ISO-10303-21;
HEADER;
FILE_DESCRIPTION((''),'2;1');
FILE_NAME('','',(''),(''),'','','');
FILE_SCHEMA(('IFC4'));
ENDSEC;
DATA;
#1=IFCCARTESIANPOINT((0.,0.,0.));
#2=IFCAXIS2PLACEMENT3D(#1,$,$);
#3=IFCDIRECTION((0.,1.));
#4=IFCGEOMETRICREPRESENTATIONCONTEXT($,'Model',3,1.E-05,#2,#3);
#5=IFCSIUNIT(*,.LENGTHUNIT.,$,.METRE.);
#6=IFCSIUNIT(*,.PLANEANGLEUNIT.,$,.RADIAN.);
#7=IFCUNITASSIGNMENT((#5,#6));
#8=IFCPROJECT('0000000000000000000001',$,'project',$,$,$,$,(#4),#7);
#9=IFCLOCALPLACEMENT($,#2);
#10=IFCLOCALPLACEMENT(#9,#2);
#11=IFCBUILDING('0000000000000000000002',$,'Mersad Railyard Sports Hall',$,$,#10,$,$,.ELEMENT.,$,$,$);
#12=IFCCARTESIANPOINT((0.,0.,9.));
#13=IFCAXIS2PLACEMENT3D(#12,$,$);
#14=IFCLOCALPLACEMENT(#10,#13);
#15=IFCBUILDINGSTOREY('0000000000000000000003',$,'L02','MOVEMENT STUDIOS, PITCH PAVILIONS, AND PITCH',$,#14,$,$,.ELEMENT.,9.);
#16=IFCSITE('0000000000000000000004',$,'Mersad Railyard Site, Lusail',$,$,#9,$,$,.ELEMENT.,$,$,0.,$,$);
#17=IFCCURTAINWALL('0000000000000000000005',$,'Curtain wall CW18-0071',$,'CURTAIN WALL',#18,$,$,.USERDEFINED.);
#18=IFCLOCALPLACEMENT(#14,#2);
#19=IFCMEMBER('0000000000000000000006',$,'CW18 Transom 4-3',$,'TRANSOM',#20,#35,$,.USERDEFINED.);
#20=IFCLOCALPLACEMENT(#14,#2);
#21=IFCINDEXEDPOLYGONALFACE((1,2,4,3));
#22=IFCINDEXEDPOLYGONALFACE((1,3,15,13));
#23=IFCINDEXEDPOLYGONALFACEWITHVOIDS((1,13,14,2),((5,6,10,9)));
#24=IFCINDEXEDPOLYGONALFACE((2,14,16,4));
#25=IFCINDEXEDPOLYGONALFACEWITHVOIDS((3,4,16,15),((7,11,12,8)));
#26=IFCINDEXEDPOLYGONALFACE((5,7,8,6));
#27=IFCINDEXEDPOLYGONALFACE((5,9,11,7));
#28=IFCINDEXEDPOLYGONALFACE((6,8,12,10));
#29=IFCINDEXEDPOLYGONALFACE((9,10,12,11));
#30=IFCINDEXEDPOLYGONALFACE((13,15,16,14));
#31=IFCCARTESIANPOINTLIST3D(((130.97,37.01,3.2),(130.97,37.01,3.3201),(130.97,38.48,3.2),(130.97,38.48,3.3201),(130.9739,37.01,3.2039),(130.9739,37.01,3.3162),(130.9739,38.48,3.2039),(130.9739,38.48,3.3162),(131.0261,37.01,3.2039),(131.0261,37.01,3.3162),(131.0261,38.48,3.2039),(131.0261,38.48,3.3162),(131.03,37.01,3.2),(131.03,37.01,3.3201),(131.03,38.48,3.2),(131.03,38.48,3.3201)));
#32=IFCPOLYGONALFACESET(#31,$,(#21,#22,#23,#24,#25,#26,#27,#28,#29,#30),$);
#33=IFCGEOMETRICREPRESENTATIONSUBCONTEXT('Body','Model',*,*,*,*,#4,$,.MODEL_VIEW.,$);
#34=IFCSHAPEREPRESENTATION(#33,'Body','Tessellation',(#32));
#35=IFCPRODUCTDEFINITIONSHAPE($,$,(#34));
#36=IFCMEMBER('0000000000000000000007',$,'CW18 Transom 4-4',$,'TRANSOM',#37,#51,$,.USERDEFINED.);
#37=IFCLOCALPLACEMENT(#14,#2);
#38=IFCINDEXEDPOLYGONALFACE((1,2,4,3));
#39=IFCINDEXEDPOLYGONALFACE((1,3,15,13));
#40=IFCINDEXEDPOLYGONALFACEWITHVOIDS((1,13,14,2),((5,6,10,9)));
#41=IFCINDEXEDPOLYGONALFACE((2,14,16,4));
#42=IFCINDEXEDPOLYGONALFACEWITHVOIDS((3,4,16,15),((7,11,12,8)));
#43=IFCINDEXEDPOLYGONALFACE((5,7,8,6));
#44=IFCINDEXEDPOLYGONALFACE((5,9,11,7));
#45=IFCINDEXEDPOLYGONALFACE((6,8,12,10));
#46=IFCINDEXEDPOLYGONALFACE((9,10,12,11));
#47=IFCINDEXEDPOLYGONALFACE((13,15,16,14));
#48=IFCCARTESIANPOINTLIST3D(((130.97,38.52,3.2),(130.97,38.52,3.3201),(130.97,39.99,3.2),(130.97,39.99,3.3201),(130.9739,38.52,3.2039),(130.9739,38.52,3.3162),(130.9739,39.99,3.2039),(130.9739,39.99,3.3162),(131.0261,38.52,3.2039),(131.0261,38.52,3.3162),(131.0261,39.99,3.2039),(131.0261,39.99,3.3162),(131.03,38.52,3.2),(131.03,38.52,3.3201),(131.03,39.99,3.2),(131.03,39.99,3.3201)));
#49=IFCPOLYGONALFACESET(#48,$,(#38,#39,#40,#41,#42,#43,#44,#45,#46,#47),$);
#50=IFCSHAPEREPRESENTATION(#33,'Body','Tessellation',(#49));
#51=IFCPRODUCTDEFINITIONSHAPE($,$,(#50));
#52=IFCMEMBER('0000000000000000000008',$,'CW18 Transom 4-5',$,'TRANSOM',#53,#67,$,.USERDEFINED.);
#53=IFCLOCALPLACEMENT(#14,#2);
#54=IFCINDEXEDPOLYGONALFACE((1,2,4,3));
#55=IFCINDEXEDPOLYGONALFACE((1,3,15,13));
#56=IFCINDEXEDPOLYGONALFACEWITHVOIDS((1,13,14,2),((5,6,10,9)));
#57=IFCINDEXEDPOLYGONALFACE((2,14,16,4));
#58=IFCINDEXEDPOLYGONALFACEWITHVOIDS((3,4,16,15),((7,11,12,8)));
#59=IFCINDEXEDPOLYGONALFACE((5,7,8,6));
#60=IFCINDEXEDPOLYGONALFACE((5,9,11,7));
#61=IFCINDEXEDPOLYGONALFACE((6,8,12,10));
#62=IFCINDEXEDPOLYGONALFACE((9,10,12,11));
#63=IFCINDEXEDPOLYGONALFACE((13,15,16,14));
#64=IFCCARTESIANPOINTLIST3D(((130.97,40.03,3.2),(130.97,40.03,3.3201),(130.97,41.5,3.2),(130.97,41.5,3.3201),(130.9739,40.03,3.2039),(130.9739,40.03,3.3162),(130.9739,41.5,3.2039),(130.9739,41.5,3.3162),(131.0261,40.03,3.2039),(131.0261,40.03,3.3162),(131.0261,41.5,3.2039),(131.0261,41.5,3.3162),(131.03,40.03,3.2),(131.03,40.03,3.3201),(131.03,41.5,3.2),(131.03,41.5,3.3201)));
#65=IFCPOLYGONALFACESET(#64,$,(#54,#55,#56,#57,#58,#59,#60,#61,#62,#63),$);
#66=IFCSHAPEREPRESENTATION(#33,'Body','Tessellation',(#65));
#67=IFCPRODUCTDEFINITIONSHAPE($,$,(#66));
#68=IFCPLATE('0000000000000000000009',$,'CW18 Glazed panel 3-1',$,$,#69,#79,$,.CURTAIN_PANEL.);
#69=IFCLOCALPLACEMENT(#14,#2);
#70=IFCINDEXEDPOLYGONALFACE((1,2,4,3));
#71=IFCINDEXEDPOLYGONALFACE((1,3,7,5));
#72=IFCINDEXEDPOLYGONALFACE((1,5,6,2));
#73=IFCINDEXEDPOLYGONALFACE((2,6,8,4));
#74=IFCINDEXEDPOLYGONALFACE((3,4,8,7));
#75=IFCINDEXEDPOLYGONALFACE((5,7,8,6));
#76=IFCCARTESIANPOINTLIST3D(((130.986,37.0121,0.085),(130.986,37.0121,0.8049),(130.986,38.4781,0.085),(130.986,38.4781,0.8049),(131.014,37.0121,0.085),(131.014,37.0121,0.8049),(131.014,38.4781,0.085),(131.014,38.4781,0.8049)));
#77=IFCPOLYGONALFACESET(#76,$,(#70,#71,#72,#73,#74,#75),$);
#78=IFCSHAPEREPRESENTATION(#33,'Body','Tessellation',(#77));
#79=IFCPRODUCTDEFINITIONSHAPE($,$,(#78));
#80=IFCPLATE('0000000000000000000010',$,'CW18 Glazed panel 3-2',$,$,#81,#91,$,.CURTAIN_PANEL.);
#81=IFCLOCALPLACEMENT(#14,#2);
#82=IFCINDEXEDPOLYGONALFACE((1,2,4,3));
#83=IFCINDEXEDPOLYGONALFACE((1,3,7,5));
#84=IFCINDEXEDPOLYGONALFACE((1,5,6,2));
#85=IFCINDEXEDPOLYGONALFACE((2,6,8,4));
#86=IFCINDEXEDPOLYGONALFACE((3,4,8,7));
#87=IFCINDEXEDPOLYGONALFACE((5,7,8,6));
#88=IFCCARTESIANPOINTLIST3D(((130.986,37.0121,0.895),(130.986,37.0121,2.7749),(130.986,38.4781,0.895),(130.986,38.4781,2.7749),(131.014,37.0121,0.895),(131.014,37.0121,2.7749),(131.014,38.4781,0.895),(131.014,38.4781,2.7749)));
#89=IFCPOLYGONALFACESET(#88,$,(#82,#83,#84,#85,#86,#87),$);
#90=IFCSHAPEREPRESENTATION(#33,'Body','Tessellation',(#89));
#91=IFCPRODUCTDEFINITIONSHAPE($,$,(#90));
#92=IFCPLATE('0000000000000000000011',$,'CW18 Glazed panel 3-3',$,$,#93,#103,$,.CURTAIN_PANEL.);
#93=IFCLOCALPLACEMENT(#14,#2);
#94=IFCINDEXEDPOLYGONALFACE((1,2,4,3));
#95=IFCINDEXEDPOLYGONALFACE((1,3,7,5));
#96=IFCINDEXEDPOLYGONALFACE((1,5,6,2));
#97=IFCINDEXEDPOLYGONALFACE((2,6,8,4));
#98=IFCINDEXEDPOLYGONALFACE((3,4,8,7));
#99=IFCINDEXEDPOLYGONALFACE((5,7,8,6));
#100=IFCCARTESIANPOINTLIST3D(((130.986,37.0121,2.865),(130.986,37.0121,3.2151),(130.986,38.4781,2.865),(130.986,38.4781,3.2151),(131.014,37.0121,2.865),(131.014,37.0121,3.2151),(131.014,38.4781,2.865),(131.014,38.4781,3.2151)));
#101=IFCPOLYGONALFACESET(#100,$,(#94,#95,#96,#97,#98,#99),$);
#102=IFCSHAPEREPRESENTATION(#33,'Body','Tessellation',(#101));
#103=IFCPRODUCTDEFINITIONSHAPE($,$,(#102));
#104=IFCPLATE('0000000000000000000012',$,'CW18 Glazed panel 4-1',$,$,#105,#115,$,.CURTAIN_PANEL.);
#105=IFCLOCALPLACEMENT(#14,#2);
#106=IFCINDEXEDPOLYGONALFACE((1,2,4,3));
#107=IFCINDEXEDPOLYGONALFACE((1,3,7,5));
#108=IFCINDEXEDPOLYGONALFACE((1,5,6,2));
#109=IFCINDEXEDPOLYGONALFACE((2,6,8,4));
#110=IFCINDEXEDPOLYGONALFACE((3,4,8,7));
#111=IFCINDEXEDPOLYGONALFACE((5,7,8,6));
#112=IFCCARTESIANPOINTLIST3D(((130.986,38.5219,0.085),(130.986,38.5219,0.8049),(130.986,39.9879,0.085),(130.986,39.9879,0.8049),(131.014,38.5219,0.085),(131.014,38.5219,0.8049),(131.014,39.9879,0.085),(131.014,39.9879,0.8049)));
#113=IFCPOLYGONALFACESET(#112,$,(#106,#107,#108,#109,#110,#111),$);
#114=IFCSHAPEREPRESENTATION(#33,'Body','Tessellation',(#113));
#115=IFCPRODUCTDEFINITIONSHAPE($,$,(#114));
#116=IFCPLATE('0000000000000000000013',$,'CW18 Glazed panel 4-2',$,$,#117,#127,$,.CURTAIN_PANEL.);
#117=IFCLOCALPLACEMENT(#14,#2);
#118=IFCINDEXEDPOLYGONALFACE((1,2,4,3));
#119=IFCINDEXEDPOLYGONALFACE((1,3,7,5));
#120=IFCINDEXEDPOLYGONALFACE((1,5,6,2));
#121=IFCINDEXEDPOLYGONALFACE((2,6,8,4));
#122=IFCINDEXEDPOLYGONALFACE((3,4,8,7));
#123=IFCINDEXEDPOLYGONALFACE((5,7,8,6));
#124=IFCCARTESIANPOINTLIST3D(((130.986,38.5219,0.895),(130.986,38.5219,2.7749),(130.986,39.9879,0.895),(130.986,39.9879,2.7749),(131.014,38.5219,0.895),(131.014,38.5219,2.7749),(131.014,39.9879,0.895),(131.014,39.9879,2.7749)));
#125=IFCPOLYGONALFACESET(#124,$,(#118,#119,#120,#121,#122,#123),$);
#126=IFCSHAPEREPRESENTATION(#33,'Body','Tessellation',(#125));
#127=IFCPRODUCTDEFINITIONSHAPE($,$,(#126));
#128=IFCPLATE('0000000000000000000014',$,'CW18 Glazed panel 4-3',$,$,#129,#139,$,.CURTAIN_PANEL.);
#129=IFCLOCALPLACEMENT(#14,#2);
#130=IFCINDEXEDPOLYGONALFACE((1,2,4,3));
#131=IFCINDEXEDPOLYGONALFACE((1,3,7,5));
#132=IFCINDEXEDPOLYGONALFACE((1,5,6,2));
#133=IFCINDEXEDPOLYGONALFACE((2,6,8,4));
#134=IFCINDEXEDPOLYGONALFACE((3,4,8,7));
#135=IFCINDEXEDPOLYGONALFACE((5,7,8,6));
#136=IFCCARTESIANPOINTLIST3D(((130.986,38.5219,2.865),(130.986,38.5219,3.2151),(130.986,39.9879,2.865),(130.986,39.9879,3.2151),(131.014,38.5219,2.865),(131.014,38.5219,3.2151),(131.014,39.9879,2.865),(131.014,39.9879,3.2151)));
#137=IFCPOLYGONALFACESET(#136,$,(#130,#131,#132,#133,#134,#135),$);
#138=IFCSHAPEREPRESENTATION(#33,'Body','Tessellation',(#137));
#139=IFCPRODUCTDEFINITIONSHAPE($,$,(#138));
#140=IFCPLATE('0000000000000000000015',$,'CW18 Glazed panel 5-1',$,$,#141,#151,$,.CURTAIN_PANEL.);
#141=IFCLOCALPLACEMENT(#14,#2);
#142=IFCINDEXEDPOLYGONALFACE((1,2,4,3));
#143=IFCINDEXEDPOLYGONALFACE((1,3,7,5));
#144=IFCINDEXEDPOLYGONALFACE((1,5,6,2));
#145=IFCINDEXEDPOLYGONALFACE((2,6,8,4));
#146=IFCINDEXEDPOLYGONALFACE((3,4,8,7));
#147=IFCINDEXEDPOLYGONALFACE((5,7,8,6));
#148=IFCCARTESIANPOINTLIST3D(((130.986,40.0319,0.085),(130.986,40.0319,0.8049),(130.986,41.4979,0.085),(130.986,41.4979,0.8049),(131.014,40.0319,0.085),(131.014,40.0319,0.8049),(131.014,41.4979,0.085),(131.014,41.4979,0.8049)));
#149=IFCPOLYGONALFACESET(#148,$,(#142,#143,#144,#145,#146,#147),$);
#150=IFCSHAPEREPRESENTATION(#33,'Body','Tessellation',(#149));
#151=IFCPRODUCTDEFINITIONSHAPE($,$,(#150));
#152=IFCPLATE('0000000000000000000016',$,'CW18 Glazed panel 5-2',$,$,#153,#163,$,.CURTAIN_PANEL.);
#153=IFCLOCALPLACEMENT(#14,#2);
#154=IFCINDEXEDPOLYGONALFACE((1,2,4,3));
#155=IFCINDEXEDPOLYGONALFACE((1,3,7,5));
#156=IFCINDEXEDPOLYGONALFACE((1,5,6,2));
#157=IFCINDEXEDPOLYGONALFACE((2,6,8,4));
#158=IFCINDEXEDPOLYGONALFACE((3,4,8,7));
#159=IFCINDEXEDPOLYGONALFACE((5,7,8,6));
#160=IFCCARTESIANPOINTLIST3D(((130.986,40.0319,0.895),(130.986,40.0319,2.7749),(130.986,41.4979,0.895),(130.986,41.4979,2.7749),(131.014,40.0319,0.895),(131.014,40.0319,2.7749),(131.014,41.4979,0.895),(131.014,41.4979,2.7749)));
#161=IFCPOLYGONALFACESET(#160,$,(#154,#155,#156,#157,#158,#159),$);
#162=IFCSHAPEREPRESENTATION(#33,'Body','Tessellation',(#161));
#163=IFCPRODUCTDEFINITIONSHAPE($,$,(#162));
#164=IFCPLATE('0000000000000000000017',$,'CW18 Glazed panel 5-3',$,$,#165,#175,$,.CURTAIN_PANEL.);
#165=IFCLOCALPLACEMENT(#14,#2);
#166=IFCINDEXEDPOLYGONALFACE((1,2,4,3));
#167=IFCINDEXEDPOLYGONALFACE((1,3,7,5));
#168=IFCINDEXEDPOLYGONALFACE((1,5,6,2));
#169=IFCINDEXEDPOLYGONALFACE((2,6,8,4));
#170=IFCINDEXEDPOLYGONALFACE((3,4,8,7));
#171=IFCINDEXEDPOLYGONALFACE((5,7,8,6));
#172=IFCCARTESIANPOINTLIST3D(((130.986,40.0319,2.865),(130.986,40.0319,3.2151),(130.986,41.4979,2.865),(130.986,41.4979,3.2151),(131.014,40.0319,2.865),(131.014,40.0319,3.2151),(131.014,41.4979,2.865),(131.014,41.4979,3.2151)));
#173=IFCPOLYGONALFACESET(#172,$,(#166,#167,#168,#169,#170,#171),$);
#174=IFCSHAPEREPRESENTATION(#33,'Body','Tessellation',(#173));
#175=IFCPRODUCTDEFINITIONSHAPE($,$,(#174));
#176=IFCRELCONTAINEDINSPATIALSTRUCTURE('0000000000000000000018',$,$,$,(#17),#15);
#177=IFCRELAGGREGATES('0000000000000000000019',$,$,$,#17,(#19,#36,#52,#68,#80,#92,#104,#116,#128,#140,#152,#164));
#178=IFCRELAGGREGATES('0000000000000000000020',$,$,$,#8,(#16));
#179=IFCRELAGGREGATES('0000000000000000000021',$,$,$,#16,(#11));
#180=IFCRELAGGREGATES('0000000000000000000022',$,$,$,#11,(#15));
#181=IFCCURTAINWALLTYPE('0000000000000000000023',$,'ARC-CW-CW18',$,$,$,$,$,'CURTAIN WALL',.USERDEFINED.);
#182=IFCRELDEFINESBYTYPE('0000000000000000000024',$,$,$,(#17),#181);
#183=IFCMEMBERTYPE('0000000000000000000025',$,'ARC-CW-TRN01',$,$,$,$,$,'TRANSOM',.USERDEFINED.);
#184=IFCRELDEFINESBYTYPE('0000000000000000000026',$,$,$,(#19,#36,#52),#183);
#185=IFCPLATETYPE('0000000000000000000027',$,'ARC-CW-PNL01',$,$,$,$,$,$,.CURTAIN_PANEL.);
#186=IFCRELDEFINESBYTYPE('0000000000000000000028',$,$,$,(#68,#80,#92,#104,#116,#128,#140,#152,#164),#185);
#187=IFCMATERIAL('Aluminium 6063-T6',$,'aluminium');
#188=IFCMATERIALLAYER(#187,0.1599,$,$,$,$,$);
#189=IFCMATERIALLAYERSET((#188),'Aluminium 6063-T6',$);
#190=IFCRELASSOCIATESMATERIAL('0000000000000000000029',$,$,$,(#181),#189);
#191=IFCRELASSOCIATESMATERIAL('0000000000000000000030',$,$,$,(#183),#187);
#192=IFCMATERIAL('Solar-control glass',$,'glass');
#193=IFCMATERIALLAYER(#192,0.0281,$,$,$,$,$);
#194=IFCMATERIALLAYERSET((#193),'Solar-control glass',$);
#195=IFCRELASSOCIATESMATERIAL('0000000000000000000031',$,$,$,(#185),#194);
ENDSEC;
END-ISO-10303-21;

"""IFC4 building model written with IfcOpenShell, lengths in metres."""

from ifc_helpers import new_model, si_unit, direction, frame, origin, origin_2d, place, context, subcontext, project, spatial, rectangle, hollow_rectangle, extrude, material, layer, layer_set, material_profile, profile_set, type_object, element, aggregate, save


model = new_model("IFC4")

# Units and contexts
model_context = context("Model", 3, precision=1e-05, world=origin(), true_north=direction((0.0, 1.0)))
body_context = subcontext(model_context, "Body", "Model", "MODEL_VIEW")
ifc_project = project(units=[si_unit("LENGTHUNIT", "METRE"), si_unit("PLANEANGLEUNIT", "RADIAN")], contexts=[model_context])

# Site, building, storey
site_placement = place(None, origin())
site = spatial("IfcSite", under=ifc_project, at=site_placement, Name="Mersad Railyard Site, Lusail", CompositionType="ELEMENT", RefElevation=0.0)
building_placement = place(site_placement, origin())
building = spatial("IfcBuilding", under=site, at=building_placement, Name="Mersad Railyard Sports Hall", CompositionType="ELEMENT")
storey_placement = place(building_placement, frame((0.0, 0.0, 9.0)))
storey = spatial("IfcBuildingStorey", under=building, at=storey_placement, Name="L02", Description="MOVEMENT STUDIOS, PITCH PAVILIONS, AND PITCH", CompositionType="ELEMENT", Elevation=9.0)

# Curtain wall, members, plates
ifc_material_1 = material(Name="Aluminium 6063-T6", Category="aluminium")
ifc_layer_1 = layer(ifc_material_1, 0.1599)
ifc_layer_set_1 = layer_set([ifc_layer_1], Name="Aluminium 6063-T6")
curtain_wall_type = type_object("IfcCurtainWallType", Name="ARC-CW-CW18", ElementType="CURTAIN WALL", PredefinedType="USERDEFINED", material=ifc_layer_set_1)
curtain_wall_placement = place(storey_placement, origin())
curtain_wall = element("IfcCurtainWall", 1, at=curtain_wall_placement, inside=storey, type_object=curtain_wall_type, Name="Curtain wall CW18-0071", ObjectType="CURTAIN WALL", PredefinedType="USERDEFINED")
ifc_material_profile_1 = material_profile(ifc_material_1, hollow_rectangle(XDim=0.0601, YDim=0.1201, WallThickness=0.0039, at=origin_2d()), Name="AL TRANSOM 60x120x4")
ifc_profile_set_1 = profile_set([ifc_material_profile_1], Name="Aluminium 6063-T6")
member_type_1 = type_object("IfcMemberType", Name="ARC-CW-TRN01", ElementType="TRANSOM", PredefinedType="USERDEFINED", material=ifc_profile_set_1)
member_1_placement = place(storey_placement, frame((131.0, 37.01, 3.26), z_axis=(0.0, 1.0, 0.0), x_axis=(-1.0, 0.0, 0.0)))
member_1 = element("IfcMember", 2, at=member_1_placement, type_object=member_type_1, Name="CW18 Transom 4-3", ObjectType="TRANSOM", PredefinedType="USERDEFINED", context=body_context, shape_type="SweptSolid", body=[
    extrude(hollow_rectangle(XDim=0.0601, YDim=0.1201, WallThickness=0.0039, at=origin_2d()), origin(), (0.0, 0.0, 1.0), 1.47),
])
member_2_placement = place(storey_placement, frame((131.0, 38.52, 3.26), z_axis=(0.0, 1.0, 0.0), x_axis=(-1.0, 0.0, 0.0)))
member_2 = element("IfcMember", 3, at=member_2_placement, type_object=member_type_1, Name="CW18 Transom 4-4", ObjectType="TRANSOM", PredefinedType="USERDEFINED", context=body_context, shape_type="SweptSolid", body=[
    extrude(hollow_rectangle(XDim=0.0601, YDim=0.1201, WallThickness=0.0039, at=origin_2d()), origin(), (0.0, 0.0, 1.0), 1.47),
])
member_3_placement = place(storey_placement, frame((131.0, 40.03, 3.26), z_axis=(0.0, 1.0, 0.0), x_axis=(-1.0, 0.0, 0.0)))
member_3 = element("IfcMember", 4, at=member_3_placement, type_object=member_type_1, Name="CW18 Transom 4-5", ObjectType="TRANSOM", PredefinedType="USERDEFINED", context=body_context, shape_type="SweptSolid", body=[
    extrude(hollow_rectangle(XDim=0.0601, YDim=0.1201, WallThickness=0.0039, at=origin_2d()), origin(), (0.0, 0.0, 1.0), 1.47),
])
ifc_material_2 = material(Name="Solar-control glass", Category="glass")
ifc_layer_2 = layer(ifc_material_2, 0.0281)
ifc_layer_set_2 = layer_set([ifc_layer_2], Name="Solar-control glass")
plate_type = type_object("IfcPlateType", Name="ARC-CW-PNL01", PredefinedType="CURTAIN_PANEL", material=ifc_layer_set_2)
plate_1_placement = place(storey_placement, frame((131.0, 37.7451, 0.085), z_axis=(0.0, 0.0, 1.0), x_axis=(0.0, 1.0, 0.0)))
plate_1 = element("IfcPlate", 5, at=plate_1_placement, type_object=plate_type, Name="CW18 Glazed panel 3-1", PredefinedType="CURTAIN_PANEL", context=body_context, shape_type="SweptSolid", body=[
    extrude(rectangle(XDim=1.4661, YDim=0.0281, at=origin_2d()), origin(), (0.0, 0.0, 1.0), 0.72),
])
plate_2_placement = place(storey_placement, frame((131.0, 37.7451, 0.895), z_axis=(0.0, 0.0, 1.0), x_axis=(0.0, 1.0, 0.0)))
plate_2 = element("IfcPlate", 6, at=plate_2_placement, type_object=plate_type, Name="CW18 Glazed panel 3-2", PredefinedType="CURTAIN_PANEL", context=body_context, shape_type="SweptSolid", body=[
    extrude(rectangle(XDim=1.4661, YDim=0.0281, at=origin_2d()), origin(), (0.0, 0.0, 1.0), 1.8799),
])
plate_3_placement = place(storey_placement, frame((131.0, 37.7451, 2.865), z_axis=(0.0, 0.0, 1.0), x_axis=(0.0, 1.0, 0.0)))
plate_3 = element("IfcPlate", 7, at=plate_3_placement, type_object=plate_type, Name="CW18 Glazed panel 3-3", PredefinedType="CURTAIN_PANEL", context=body_context, shape_type="SweptSolid", body=[
    extrude(rectangle(XDim=1.4661, YDim=0.0281, at=origin_2d()), origin(), (0.0, 0.0, 1.0), 0.3501),
])
plate_4_placement = place(storey_placement, frame((131.0, 39.2549, 0.085), z_axis=(0.0, 0.0, 1.0), x_axis=(0.0, 1.0, 0.0)))
plate_4 = element("IfcPlate", 8, at=plate_4_placement, type_object=plate_type, Name="CW18 Glazed panel 4-1", PredefinedType="CURTAIN_PANEL", context=body_context, shape_type="SweptSolid", body=[
    extrude(rectangle(XDim=1.4661, YDim=0.0281, at=origin_2d()), origin(), (0.0, 0.0, 1.0), 0.72),
])
plate_5_placement = place(storey_placement, frame((131.0, 39.2549, 0.895), z_axis=(0.0, 0.0, 1.0), x_axis=(0.0, 1.0, 0.0)))
plate_5 = element("IfcPlate", 9, at=plate_5_placement, type_object=plate_type, Name="CW18 Glazed panel 4-2", PredefinedType="CURTAIN_PANEL", context=body_context, shape_type="SweptSolid", body=[
    extrude(rectangle(XDim=1.4661, YDim=0.0281, at=origin_2d()), origin(), (0.0, 0.0, 1.0), 1.8799),
])
plate_6_placement = place(storey_placement, frame((131.0, 39.2549, 2.865), z_axis=(0.0, 0.0, 1.0), x_axis=(0.0, 1.0, 0.0)))
plate_6 = element("IfcPlate", 10, at=plate_6_placement, type_object=plate_type, Name="CW18 Glazed panel 4-3", PredefinedType="CURTAIN_PANEL", context=body_context, shape_type="SweptSolid", body=[
    extrude(rectangle(XDim=1.4661, YDim=0.0281, at=origin_2d()), origin(), (0.0, 0.0, 1.0), 0.3501),
])
plate_7_placement = place(storey_placement, frame((131.0, 40.7649, 0.085), z_axis=(0.0, 0.0, 1.0), x_axis=(0.0, 1.0, 0.0)))
plate_7 = element("IfcPlate", 11, at=plate_7_placement, type_object=plate_type, Name="CW18 Glazed panel 5-1", PredefinedType="CURTAIN_PANEL", context=body_context, shape_type="SweptSolid", body=[
    extrude(rectangle(XDim=1.4661, YDim=0.0281, at=origin_2d()), origin(), (0.0, 0.0, 1.0), 0.72),
])
plate_8_placement = place(storey_placement, frame((131.0, 40.7649, 0.895), z_axis=(0.0, 0.0, 1.0), x_axis=(0.0, 1.0, 0.0)))
plate_8 = element("IfcPlate", 12, at=plate_8_placement, type_object=plate_type, Name="CW18 Glazed panel 5-2", PredefinedType="CURTAIN_PANEL", context=body_context, shape_type="SweptSolid", body=[
    extrude(rectangle(XDim=1.4661, YDim=0.0281, at=origin_2d()), origin(), (0.0, 0.0, 1.0), 1.8799),
])
plate_9_placement = place(storey_placement, frame((131.0, 40.7649, 2.865), z_axis=(0.0, 0.0, 1.0), x_axis=(0.0, 1.0, 0.0)))
plate_9 = element("IfcPlate", 13, at=plate_9_placement, type_object=plate_type, Name="CW18 Glazed panel 5-3", PredefinedType="CURTAIN_PANEL", context=body_context, shape_type="SweptSolid", body=[
    extrude(rectangle(XDim=1.4661, YDim=0.0281, at=origin_2d()), origin(), (0.0, 0.0, 1.0), 0.3501),
])
aggregate(curtain_wall, [member_1, member_2, member_3, plate_1, plate_2, plate_3, plate_4, plate_5, plate_6, plate_7, plate_8, plate_9])

save(model, "model.ifc")
